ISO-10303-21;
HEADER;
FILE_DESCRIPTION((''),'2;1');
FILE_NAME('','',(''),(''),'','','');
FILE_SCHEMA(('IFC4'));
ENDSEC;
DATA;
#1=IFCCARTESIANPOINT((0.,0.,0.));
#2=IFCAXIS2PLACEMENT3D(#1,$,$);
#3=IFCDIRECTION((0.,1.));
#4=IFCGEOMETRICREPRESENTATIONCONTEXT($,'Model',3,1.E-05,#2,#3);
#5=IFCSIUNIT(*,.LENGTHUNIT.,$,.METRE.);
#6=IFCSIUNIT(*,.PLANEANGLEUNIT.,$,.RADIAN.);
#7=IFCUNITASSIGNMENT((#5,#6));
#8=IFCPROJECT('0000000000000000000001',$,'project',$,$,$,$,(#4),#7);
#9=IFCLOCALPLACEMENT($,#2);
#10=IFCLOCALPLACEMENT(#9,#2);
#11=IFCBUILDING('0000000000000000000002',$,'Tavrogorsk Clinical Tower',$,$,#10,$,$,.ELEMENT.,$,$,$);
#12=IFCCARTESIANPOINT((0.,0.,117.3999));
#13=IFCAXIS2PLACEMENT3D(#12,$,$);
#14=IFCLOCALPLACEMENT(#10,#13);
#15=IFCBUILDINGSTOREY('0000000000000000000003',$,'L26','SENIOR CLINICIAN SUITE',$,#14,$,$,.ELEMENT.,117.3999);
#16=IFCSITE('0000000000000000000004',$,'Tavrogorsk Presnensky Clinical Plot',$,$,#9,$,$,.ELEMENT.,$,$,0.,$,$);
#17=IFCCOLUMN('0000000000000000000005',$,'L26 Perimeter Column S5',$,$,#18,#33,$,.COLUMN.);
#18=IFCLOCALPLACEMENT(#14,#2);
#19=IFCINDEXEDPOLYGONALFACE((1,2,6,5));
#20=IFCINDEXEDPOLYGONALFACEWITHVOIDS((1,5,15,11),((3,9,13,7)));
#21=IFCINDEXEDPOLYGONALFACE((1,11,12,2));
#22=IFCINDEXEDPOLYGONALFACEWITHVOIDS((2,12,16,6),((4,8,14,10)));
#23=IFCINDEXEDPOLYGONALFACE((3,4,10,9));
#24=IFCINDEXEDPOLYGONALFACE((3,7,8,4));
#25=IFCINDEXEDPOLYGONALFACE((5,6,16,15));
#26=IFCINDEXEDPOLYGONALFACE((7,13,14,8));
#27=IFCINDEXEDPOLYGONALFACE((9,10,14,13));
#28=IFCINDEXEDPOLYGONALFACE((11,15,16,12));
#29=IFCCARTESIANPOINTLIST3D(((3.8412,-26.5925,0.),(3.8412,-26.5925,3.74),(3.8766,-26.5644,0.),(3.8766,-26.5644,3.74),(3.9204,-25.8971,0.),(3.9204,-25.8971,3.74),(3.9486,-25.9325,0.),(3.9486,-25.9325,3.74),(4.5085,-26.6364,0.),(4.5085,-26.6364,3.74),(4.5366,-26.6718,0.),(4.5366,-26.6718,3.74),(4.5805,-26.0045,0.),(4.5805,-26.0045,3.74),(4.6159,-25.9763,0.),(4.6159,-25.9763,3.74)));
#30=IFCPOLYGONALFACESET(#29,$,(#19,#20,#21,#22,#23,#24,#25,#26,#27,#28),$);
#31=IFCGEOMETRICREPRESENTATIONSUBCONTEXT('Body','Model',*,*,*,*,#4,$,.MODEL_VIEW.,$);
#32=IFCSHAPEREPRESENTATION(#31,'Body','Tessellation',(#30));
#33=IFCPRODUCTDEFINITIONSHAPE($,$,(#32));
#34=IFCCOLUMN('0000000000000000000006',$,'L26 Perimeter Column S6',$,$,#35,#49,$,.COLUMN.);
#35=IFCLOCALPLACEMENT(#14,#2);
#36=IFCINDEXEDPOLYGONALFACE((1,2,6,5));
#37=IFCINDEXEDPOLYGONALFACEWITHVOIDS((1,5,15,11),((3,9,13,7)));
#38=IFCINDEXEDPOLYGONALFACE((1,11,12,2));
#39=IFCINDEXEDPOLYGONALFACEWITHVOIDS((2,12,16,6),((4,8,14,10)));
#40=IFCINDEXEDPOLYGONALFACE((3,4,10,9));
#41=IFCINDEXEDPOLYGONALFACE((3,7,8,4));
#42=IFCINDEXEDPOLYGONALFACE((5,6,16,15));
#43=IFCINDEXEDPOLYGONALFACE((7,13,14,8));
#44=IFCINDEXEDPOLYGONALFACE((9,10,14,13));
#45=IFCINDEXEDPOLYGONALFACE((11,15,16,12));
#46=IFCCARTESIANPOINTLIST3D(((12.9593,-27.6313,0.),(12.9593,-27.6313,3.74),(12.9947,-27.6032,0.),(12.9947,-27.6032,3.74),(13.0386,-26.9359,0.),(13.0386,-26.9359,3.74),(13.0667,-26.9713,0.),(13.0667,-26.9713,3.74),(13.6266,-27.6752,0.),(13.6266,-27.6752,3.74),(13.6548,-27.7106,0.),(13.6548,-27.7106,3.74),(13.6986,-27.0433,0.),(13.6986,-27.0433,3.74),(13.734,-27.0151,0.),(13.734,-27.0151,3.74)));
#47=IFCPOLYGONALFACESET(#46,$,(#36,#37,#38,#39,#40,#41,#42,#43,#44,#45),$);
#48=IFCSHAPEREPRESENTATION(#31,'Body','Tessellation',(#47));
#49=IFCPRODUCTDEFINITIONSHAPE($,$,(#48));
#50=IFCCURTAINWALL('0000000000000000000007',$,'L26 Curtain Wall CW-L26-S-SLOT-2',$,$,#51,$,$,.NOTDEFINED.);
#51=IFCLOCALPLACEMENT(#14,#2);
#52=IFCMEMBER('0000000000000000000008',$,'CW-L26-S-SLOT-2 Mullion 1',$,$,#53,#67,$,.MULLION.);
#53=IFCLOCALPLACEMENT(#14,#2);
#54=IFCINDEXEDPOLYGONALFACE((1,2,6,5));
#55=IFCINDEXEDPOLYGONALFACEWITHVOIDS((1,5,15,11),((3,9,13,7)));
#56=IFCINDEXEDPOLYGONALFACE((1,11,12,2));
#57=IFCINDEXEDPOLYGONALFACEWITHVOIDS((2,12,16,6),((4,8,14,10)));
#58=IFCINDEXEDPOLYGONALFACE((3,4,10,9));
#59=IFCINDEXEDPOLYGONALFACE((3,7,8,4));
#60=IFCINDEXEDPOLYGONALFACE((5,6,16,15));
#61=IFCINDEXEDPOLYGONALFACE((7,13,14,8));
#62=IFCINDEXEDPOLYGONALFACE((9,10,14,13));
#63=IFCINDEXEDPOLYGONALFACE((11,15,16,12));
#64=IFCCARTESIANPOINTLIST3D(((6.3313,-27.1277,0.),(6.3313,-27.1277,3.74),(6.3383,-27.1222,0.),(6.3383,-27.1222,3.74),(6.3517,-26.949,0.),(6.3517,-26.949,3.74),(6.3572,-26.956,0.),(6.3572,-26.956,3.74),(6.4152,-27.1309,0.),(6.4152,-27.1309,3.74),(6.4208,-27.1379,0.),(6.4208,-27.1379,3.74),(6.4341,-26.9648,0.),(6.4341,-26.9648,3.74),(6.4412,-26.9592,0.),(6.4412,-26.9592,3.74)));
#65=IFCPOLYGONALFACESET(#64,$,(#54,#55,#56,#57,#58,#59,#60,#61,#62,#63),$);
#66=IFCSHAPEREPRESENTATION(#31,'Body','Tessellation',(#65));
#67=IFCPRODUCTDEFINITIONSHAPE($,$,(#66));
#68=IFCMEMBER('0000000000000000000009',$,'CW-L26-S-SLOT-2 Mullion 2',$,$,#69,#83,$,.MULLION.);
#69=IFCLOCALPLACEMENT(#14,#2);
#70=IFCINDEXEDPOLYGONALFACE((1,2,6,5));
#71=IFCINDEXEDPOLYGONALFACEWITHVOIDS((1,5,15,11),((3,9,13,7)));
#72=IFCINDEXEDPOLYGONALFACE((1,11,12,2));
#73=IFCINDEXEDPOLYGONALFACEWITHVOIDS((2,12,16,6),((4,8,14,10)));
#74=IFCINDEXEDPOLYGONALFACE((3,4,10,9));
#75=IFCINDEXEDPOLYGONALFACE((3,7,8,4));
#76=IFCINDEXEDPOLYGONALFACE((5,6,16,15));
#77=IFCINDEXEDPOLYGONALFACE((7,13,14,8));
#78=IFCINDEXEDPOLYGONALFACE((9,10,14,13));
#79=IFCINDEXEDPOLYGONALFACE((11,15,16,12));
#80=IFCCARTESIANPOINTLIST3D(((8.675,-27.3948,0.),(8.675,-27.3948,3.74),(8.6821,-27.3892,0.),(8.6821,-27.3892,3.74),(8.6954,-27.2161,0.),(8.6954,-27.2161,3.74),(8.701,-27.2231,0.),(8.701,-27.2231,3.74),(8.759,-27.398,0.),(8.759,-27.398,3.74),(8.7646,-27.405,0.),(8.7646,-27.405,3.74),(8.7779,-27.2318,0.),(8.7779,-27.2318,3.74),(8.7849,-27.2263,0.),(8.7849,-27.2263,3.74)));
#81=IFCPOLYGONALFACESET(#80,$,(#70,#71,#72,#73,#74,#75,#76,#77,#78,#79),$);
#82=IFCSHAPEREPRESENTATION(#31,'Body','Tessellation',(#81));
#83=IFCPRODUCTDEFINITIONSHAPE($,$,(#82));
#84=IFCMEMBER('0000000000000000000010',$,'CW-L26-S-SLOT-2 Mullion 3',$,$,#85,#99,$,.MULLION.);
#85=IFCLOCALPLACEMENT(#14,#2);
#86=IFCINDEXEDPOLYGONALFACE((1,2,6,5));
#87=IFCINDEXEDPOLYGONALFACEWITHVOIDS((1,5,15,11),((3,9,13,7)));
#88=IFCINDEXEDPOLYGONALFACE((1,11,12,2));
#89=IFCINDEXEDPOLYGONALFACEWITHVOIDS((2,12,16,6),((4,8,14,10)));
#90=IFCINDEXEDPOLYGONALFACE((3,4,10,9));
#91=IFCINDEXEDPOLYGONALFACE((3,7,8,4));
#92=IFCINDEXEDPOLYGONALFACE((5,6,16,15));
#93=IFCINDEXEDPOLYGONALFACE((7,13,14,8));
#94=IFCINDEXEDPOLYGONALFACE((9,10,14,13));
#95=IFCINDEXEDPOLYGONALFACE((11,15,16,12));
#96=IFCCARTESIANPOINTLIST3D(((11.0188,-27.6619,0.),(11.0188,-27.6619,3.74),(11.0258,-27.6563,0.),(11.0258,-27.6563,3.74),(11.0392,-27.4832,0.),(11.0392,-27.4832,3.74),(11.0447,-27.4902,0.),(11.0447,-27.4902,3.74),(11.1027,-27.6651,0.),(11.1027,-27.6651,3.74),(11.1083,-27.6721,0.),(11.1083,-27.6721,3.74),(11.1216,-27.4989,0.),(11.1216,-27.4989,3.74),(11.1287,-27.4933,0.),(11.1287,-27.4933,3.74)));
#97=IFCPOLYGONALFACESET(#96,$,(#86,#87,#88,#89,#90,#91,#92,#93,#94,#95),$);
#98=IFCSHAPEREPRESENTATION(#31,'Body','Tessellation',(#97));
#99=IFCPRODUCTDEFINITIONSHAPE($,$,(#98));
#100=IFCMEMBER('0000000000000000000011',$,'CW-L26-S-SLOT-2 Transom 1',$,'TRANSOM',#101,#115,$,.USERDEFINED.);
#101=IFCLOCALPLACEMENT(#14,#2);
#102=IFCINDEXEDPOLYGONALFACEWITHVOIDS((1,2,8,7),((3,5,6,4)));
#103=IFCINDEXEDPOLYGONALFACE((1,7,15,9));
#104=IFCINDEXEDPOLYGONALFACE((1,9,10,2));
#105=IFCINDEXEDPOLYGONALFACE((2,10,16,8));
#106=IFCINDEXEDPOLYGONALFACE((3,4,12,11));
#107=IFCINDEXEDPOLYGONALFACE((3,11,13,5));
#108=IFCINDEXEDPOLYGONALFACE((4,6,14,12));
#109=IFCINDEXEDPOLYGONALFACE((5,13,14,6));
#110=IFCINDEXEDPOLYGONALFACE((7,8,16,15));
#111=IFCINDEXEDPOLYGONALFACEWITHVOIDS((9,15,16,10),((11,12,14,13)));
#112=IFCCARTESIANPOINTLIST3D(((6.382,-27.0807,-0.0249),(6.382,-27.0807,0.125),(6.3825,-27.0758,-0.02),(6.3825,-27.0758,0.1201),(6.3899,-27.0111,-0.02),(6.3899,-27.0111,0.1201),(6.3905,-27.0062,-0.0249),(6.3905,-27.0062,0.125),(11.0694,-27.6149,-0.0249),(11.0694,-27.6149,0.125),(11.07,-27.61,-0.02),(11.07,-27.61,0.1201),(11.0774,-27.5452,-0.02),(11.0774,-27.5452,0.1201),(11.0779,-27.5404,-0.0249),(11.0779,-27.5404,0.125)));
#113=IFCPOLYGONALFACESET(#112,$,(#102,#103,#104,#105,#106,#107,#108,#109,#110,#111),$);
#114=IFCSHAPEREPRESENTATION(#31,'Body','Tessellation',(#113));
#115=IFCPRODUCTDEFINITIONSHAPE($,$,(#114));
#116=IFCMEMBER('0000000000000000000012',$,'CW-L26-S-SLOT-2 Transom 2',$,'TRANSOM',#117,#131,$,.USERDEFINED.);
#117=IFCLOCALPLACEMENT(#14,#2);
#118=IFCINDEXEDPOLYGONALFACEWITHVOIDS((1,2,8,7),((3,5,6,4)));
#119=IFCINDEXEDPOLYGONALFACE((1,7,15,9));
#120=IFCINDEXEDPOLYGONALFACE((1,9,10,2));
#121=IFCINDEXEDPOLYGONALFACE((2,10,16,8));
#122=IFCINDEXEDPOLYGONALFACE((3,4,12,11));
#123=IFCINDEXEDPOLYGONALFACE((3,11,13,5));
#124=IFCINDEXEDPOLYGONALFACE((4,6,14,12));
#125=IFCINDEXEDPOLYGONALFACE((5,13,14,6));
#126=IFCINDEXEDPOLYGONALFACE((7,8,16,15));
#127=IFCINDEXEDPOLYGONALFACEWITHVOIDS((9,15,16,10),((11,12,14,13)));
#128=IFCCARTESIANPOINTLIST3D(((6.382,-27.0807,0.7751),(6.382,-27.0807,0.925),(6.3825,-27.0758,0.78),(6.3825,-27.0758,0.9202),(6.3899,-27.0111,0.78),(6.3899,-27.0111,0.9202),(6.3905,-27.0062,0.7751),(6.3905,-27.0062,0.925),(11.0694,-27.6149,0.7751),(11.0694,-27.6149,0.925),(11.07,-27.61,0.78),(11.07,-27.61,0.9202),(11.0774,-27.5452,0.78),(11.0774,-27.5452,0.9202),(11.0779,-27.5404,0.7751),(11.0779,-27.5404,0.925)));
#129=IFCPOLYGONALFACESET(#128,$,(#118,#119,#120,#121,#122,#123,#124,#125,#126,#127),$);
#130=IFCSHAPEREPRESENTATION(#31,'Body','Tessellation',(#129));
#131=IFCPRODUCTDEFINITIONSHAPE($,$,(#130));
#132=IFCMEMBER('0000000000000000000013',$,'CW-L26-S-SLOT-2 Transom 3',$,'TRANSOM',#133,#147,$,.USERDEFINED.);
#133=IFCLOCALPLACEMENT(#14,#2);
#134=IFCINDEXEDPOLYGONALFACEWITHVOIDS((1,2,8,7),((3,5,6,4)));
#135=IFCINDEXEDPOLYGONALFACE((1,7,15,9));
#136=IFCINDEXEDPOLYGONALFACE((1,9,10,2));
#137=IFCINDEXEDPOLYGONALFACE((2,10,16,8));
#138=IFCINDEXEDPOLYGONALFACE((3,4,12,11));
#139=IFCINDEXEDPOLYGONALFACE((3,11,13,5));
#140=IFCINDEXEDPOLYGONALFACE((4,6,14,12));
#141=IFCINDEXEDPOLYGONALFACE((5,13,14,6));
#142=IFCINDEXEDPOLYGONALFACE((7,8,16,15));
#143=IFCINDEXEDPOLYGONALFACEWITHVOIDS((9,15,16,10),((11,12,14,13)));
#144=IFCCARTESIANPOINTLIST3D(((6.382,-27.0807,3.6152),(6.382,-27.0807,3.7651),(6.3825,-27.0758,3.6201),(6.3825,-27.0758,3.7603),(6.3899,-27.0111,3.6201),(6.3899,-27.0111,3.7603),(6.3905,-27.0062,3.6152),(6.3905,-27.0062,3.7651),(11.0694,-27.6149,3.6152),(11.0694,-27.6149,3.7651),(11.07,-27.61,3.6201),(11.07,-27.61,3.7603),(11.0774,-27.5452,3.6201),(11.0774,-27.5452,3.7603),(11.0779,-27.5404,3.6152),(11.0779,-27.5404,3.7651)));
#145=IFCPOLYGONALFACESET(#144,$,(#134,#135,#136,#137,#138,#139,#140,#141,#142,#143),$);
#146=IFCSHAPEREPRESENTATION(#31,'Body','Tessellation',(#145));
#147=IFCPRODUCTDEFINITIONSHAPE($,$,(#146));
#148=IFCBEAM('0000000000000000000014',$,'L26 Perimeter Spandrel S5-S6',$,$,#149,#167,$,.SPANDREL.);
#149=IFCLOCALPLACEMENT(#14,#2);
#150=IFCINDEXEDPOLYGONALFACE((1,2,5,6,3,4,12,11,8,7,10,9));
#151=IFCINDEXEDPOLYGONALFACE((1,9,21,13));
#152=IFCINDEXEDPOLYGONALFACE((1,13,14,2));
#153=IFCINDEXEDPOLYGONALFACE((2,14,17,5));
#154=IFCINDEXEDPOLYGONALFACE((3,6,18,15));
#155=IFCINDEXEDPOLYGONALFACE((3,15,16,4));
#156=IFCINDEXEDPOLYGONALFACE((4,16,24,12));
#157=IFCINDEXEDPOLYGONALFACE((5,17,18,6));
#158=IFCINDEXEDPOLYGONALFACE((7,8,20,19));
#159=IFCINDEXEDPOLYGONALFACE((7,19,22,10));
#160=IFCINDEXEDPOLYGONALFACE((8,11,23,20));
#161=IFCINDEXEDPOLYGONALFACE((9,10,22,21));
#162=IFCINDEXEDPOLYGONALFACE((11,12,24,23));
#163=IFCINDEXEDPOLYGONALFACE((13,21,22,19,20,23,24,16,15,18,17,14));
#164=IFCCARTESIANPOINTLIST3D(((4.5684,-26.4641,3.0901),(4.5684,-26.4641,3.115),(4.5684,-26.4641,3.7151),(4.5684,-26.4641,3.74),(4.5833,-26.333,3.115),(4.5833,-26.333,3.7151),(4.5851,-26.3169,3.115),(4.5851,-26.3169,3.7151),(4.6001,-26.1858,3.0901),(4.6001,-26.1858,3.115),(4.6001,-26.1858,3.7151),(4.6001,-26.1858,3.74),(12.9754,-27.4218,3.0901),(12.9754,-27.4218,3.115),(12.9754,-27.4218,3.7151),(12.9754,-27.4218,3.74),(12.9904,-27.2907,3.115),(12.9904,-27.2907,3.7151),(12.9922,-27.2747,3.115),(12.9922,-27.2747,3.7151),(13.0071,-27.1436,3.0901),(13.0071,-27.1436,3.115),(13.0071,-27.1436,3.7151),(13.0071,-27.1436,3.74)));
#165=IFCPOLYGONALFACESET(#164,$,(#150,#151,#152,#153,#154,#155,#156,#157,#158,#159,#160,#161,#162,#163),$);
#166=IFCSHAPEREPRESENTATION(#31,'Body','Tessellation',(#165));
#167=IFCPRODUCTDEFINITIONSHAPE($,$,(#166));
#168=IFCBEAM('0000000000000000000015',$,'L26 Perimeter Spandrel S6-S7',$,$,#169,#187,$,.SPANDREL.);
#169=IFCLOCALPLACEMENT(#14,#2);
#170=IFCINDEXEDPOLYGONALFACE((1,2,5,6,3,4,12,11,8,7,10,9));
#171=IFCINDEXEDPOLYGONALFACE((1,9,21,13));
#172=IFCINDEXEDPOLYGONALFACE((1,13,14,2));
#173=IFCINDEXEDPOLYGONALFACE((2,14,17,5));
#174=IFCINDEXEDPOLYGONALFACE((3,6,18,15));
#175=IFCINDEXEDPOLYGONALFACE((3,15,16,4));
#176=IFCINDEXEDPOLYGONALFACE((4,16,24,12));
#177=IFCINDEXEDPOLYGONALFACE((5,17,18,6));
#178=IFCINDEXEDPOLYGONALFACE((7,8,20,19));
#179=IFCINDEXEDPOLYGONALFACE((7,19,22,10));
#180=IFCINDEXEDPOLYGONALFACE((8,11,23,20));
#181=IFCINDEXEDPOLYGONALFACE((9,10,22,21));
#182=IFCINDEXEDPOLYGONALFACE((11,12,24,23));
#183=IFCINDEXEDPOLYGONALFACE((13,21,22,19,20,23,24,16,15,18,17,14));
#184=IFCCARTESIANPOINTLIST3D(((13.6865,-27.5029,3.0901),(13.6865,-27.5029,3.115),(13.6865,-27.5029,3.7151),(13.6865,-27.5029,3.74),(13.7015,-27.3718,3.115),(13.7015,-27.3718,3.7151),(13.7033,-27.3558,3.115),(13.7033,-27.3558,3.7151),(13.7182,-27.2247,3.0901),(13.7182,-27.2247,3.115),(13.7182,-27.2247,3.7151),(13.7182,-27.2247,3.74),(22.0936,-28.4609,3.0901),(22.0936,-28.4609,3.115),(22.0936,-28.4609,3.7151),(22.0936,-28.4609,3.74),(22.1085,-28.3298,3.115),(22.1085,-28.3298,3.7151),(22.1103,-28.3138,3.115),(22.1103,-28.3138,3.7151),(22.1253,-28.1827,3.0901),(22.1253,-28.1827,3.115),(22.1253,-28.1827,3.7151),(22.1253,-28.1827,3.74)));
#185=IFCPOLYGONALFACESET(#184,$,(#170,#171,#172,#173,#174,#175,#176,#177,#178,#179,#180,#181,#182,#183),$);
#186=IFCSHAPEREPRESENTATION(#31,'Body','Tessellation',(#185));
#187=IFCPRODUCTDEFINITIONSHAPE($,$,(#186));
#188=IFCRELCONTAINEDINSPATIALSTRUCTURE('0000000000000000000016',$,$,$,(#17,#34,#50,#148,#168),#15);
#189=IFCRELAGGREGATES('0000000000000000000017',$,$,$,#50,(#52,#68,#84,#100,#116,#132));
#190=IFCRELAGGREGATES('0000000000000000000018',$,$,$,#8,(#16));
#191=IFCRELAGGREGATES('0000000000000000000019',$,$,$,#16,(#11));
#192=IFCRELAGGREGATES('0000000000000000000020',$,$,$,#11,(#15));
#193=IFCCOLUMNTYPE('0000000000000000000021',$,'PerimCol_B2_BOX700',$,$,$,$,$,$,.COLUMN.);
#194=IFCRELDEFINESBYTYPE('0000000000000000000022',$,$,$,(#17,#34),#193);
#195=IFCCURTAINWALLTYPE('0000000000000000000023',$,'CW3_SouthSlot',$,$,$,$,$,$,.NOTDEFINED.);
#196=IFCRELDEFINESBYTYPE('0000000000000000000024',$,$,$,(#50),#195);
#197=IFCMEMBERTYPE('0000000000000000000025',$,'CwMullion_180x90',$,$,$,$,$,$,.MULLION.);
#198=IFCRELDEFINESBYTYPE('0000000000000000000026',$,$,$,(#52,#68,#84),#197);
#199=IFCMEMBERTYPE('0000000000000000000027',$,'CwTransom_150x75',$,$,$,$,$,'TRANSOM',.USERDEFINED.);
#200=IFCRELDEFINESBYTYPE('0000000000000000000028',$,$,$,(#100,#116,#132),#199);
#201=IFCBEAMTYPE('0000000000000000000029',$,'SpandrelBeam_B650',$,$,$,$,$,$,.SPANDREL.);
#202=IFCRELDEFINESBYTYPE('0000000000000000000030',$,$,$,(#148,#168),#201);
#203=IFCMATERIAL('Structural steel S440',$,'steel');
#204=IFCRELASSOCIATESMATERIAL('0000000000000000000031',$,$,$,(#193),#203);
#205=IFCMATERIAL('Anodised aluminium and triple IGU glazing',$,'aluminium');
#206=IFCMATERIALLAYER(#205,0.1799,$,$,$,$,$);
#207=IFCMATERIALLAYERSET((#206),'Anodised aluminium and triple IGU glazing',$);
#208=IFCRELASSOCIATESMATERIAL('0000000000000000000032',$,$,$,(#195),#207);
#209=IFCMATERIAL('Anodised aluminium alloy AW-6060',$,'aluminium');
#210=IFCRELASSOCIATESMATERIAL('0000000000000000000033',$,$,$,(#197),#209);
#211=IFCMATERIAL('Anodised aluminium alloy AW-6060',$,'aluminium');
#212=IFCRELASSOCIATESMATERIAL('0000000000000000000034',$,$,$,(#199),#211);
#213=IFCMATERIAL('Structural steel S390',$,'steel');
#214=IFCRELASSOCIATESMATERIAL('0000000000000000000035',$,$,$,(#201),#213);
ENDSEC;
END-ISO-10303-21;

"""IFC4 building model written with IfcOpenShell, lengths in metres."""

from ifc_helpers import new_model, si_unit, direction, frame, origin, origin_2d, place, context, subcontext, project, spatial, hollow_rectangle, i_section, extrude, material, layer, layer_set, material_profile, profile_set, type_object, element, aggregate, save


model = new_model("IFC4")

# Units and contexts
model_context = context("Model", 3, precision=1e-05, world=origin(), true_north=direction((0.0, 1.0)))
body_context = subcontext(model_context, "Body", "Model", "MODEL_VIEW")
ifc_project = project(units=[si_unit("LENGTHUNIT", "METRE"), si_unit("PLANEANGLEUNIT", "RADIAN")], contexts=[model_context])

# Site, building, storey
site_placement = place(None, origin())
site = spatial("IfcSite", under=ifc_project, at=site_placement, Name="Tavrogorsk Presnensky Clinical Plot", CompositionType="ELEMENT", RefElevation=0.0)
building_placement = place(site_placement, origin())
building = spatial("IfcBuilding", under=site, at=building_placement, Name="Tavrogorsk Clinical Tower", CompositionType="ELEMENT")
storey_placement = place(building_placement, frame((0.0, 0.0, 117.3999)))
storey = spatial("IfcBuildingStorey", under=building, at=storey_placement, Name="L26", Description="SENIOR CLINICIAN SUITE", CompositionType="ELEMENT", Elevation=117.3999)

# Columns
ifc_material_1 = material(Name="Structural steel S440", Category="steel")
ifc_material_profile_1 = material_profile(ifc_material_1, hollow_rectangle(XDim=0.7, YDim=0.7, WallThickness=0.032, at=origin_2d()), Name="BOX-700x700x32")
ifc_profile_set_1 = profile_set([ifc_material_profile_1], Name="Structural steel S440")
column_type = type_object("IfcColumnType", Name="PerimCol_B2_BOX700", PredefinedType="COLUMN", material=ifc_profile_set_1)
for number, where, z_axis, x_axis, name in (
    (1, (4.2285, -26.2844, 0.0), (0.0, 0.0, 1.0), (0.993572, -0.113203, 0.0), "L26 Perimeter Column S5"),
    (2, (13.3467, -27.3232, 0.0), (0.0, 0.0, 1.0), (0.993572, -0.113203, 0.0), "L26 Perimeter Column S6"),
):
    element("IfcColumn", number, at=place(storey_placement, frame(where, z_axis=z_axis, x_axis=x_axis)), inside=storey, type_object=column_type, Name=name, PredefinedType="COLUMN", context=body_context, shape_type="SweptSolid", body=[
        extrude(hollow_rectangle(XDim=0.7, YDim=0.7, WallThickness=0.032, at=origin_2d()), origin(), (0.0, 0.0, 1.0), 3.74),
    ])

# Curtain wall, members
ifc_material_2 = material(Name="Anodised aluminium and triple IGU glazing", Category="aluminium")
ifc_layer_1 = layer(ifc_material_2, 0.1799)
ifc_layer_set_1 = layer_set([ifc_layer_1], Name="Anodised aluminium and triple IGU glazing")
curtain_wall_type = type_object("IfcCurtainWallType", Name="CW3_SouthSlot", PredefinedType="NOTDEFINED", material=ifc_layer_set_1)
curtain_wall_placement = place(storey_placement, origin())
curtain_wall = element("IfcCurtainWall", 3, at=curtain_wall_placement, inside=storey, type_object=curtain_wall_type, Name="L26 Curtain Wall CW-L26-S-SLOT-2", PredefinedType="NOTDEFINED")
ifc_material_3 = material(Name="Anodised aluminium alloy AW-6060", Category="aluminium")
ifc_material_profile_2 = material_profile(ifc_material_3, hollow_rectangle(XDim=0.0901, YDim=0.1799, WallThickness=0.0063, at=origin_2d()), Name="RHS-180x90x6.3")
ifc_profile_set_2 = profile_set([ifc_material_profile_2], Name="Anodised aluminium alloy AW-6060")
member_type_1 = type_object("IfcMemberType", Name="CwMullion_180x90", PredefinedType="MULLION", material=ifc_profile_set_2)
member_1_placement = place(storey_placement, frame((6.3862, -27.0435, 0.0), z_axis=(0.0, 0.0, 1.0), x_axis=(0.993572, -0.113203, 0.0)))
member_1 = element("IfcMember", 4, at=member_1_placement, type_object=member_type_1, Name="CW-L26-S-SLOT-2 Mullion 1", PredefinedType="MULLION", context=body_context, shape_type="SweptSolid", body=[
    extrude(hollow_rectangle(XDim=0.0901, YDim=0.1799, WallThickness=0.0063, at=origin_2d()), origin(), (0.0, 0.0, 1.0), 3.74),
])
member_2_placement = place(storey_placement, frame((8.73, -27.3105, 0.0), z_axis=(0.0, 0.0, 1.0), x_axis=(0.993572, -0.113203, 0.0)))
member_2 = element("IfcMember", 5, at=member_2_placement, type_object=member_type_1, Name="CW-L26-S-SLOT-2 Mullion 2", PredefinedType="MULLION", context=body_context, shape_type="SweptSolid", body=[
    extrude(hollow_rectangle(XDim=0.0901, YDim=0.1799, WallThickness=0.0063, at=origin_2d()), origin(), (0.0, 0.0, 1.0), 3.74),
])
member_3_placement = place(storey_placement, frame((11.0737, -27.5776, 0.0), z_axis=(0.0, 0.0, 1.0), x_axis=(0.993572, -0.113203, 0.0)))
member_3 = element("IfcMember", 6, at=member_3_placement, type_object=member_type_1, Name="CW-L26-S-SLOT-2 Mullion 3", PredefinedType="MULLION", context=body_context, shape_type="SweptSolid", body=[
    extrude(hollow_rectangle(XDim=0.0901, YDim=0.1799, WallThickness=0.0063, at=origin_2d()), origin(), (0.0, 0.0, 1.0), 3.74),
])
ifc_material_4 = material(Name="Anodised aluminium alloy AW-6060", Category="aluminium")
ifc_material_profile_3 = material_profile(ifc_material_4, hollow_rectangle(XDim=0.075, YDim=0.1499, WallThickness=0.0049, at=origin_2d()), Name="RHS-150x75x5")
ifc_profile_set_3 = profile_set([ifc_material_profile_3], Name="Anodised aluminium alloy AW-6060")
member_type_2 = type_object("IfcMemberType", Name="CwTransom_150x75", ElementType="TRANSOM", PredefinedType="USERDEFINED", material=ifc_profile_set_3)
member_4_placement = place(storey_placement, frame((6.3862, -27.0435, 0.05), z_axis=(0.993569, -0.113226, 0.0), x_axis=(0.113226, 0.993569, 0.0)))
member_4 = element("IfcMember", 7, at=member_4_placement, type_object=member_type_2, Name="CW-L26-S-SLOT-2 Transom 1", ObjectType="TRANSOM", PredefinedType="USERDEFINED", context=body_context, shape_type="SweptSolid", body=[
    extrude(hollow_rectangle(XDim=0.075, YDim=0.1499, WallThickness=0.0049, at=origin_2d()), origin(), (0.0, 0.0, 1.0), 4.7178),
])
member_5_placement = place(storey_placement, frame((6.3862, -27.0435, 0.8501), z_axis=(0.993569, -0.113226, 0.0), x_axis=(0.113226, 0.993569, 0.0)))
member_5 = element("IfcMember", 8, at=member_5_placement, type_object=member_type_2, Name="CW-L26-S-SLOT-2 Transom 2", ObjectType="TRANSOM", PredefinedType="USERDEFINED", context=body_context, shape_type="SweptSolid", body=[
    extrude(hollow_rectangle(XDim=0.075, YDim=0.1499, WallThickness=0.0049, at=origin_2d()), origin(), (0.0, 0.0, 1.0), 4.7178),
])
member_6_placement = place(storey_placement, frame((6.3862, -27.0435, 3.6902), z_axis=(0.993569, -0.113226, 0.0), x_axis=(0.113226, 0.993569, 0.0)))
member_6 = element("IfcMember", 9, at=member_6_placement, type_object=member_type_2, Name="CW-L26-S-SLOT-2 Transom 3", ObjectType="TRANSOM", PredefinedType="USERDEFINED", context=body_context, shape_type="SweptSolid", body=[
    extrude(hollow_rectangle(XDim=0.075, YDim=0.1499, WallThickness=0.0049, at=origin_2d()), origin(), (0.0, 0.0, 1.0), 4.7178),
])

# Beams
ifc_material_5 = material(Name="Structural steel S390", Category="steel")
ifc_material_profile_4 = material_profile(ifc_material_5, i_section(OverallWidth=0.28, OverallDepth=0.6499, WebThickness=0.0161, FlangeThickness=0.0249, at=origin_2d()), Name="B-650x280x16x25")
ifc_profile_set_4 = profile_set([ifc_material_profile_4], Name="Structural steel S390")
beam_type = type_object("IfcBeamType", Name="SpandrelBeam_B650", PredefinedType="SPANDREL", material=ifc_profile_set_4)
for number, where, z_axis, x_axis, name in (
    (10, (4.5842, -26.325, 3.415), (0.993573, -0.113193, 0.0), (0.113193, 0.993573, 0.0), "L26 Perimeter Spandrel S5-S6"),
    (11, (13.7024, -27.3638, 3.415), (0.99357, -0.113221, 0.0), (0.113221, 0.99357, 0.0), "L26 Perimeter Spandrel S6-S7"),
):
    element("IfcBeam", number, at=place(storey_placement, frame(where, z_axis=z_axis, x_axis=x_axis)), inside=storey, type_object=beam_type, Name=name, PredefinedType="SPANDREL", context=body_context, shape_type="SweptSolid", body=[
        extrude(i_section(OverallWidth=0.28, OverallDepth=0.6499, WebThickness=0.0161, FlangeThickness=0.0249, at=origin_2d()), origin(), (0.0, 0.0, 1.0), 8.4614),
    ])

aggregate(curtain_wall, [member_1, member_2, member_3, member_4, member_5, member_6])

save(model, "model.ifc")
